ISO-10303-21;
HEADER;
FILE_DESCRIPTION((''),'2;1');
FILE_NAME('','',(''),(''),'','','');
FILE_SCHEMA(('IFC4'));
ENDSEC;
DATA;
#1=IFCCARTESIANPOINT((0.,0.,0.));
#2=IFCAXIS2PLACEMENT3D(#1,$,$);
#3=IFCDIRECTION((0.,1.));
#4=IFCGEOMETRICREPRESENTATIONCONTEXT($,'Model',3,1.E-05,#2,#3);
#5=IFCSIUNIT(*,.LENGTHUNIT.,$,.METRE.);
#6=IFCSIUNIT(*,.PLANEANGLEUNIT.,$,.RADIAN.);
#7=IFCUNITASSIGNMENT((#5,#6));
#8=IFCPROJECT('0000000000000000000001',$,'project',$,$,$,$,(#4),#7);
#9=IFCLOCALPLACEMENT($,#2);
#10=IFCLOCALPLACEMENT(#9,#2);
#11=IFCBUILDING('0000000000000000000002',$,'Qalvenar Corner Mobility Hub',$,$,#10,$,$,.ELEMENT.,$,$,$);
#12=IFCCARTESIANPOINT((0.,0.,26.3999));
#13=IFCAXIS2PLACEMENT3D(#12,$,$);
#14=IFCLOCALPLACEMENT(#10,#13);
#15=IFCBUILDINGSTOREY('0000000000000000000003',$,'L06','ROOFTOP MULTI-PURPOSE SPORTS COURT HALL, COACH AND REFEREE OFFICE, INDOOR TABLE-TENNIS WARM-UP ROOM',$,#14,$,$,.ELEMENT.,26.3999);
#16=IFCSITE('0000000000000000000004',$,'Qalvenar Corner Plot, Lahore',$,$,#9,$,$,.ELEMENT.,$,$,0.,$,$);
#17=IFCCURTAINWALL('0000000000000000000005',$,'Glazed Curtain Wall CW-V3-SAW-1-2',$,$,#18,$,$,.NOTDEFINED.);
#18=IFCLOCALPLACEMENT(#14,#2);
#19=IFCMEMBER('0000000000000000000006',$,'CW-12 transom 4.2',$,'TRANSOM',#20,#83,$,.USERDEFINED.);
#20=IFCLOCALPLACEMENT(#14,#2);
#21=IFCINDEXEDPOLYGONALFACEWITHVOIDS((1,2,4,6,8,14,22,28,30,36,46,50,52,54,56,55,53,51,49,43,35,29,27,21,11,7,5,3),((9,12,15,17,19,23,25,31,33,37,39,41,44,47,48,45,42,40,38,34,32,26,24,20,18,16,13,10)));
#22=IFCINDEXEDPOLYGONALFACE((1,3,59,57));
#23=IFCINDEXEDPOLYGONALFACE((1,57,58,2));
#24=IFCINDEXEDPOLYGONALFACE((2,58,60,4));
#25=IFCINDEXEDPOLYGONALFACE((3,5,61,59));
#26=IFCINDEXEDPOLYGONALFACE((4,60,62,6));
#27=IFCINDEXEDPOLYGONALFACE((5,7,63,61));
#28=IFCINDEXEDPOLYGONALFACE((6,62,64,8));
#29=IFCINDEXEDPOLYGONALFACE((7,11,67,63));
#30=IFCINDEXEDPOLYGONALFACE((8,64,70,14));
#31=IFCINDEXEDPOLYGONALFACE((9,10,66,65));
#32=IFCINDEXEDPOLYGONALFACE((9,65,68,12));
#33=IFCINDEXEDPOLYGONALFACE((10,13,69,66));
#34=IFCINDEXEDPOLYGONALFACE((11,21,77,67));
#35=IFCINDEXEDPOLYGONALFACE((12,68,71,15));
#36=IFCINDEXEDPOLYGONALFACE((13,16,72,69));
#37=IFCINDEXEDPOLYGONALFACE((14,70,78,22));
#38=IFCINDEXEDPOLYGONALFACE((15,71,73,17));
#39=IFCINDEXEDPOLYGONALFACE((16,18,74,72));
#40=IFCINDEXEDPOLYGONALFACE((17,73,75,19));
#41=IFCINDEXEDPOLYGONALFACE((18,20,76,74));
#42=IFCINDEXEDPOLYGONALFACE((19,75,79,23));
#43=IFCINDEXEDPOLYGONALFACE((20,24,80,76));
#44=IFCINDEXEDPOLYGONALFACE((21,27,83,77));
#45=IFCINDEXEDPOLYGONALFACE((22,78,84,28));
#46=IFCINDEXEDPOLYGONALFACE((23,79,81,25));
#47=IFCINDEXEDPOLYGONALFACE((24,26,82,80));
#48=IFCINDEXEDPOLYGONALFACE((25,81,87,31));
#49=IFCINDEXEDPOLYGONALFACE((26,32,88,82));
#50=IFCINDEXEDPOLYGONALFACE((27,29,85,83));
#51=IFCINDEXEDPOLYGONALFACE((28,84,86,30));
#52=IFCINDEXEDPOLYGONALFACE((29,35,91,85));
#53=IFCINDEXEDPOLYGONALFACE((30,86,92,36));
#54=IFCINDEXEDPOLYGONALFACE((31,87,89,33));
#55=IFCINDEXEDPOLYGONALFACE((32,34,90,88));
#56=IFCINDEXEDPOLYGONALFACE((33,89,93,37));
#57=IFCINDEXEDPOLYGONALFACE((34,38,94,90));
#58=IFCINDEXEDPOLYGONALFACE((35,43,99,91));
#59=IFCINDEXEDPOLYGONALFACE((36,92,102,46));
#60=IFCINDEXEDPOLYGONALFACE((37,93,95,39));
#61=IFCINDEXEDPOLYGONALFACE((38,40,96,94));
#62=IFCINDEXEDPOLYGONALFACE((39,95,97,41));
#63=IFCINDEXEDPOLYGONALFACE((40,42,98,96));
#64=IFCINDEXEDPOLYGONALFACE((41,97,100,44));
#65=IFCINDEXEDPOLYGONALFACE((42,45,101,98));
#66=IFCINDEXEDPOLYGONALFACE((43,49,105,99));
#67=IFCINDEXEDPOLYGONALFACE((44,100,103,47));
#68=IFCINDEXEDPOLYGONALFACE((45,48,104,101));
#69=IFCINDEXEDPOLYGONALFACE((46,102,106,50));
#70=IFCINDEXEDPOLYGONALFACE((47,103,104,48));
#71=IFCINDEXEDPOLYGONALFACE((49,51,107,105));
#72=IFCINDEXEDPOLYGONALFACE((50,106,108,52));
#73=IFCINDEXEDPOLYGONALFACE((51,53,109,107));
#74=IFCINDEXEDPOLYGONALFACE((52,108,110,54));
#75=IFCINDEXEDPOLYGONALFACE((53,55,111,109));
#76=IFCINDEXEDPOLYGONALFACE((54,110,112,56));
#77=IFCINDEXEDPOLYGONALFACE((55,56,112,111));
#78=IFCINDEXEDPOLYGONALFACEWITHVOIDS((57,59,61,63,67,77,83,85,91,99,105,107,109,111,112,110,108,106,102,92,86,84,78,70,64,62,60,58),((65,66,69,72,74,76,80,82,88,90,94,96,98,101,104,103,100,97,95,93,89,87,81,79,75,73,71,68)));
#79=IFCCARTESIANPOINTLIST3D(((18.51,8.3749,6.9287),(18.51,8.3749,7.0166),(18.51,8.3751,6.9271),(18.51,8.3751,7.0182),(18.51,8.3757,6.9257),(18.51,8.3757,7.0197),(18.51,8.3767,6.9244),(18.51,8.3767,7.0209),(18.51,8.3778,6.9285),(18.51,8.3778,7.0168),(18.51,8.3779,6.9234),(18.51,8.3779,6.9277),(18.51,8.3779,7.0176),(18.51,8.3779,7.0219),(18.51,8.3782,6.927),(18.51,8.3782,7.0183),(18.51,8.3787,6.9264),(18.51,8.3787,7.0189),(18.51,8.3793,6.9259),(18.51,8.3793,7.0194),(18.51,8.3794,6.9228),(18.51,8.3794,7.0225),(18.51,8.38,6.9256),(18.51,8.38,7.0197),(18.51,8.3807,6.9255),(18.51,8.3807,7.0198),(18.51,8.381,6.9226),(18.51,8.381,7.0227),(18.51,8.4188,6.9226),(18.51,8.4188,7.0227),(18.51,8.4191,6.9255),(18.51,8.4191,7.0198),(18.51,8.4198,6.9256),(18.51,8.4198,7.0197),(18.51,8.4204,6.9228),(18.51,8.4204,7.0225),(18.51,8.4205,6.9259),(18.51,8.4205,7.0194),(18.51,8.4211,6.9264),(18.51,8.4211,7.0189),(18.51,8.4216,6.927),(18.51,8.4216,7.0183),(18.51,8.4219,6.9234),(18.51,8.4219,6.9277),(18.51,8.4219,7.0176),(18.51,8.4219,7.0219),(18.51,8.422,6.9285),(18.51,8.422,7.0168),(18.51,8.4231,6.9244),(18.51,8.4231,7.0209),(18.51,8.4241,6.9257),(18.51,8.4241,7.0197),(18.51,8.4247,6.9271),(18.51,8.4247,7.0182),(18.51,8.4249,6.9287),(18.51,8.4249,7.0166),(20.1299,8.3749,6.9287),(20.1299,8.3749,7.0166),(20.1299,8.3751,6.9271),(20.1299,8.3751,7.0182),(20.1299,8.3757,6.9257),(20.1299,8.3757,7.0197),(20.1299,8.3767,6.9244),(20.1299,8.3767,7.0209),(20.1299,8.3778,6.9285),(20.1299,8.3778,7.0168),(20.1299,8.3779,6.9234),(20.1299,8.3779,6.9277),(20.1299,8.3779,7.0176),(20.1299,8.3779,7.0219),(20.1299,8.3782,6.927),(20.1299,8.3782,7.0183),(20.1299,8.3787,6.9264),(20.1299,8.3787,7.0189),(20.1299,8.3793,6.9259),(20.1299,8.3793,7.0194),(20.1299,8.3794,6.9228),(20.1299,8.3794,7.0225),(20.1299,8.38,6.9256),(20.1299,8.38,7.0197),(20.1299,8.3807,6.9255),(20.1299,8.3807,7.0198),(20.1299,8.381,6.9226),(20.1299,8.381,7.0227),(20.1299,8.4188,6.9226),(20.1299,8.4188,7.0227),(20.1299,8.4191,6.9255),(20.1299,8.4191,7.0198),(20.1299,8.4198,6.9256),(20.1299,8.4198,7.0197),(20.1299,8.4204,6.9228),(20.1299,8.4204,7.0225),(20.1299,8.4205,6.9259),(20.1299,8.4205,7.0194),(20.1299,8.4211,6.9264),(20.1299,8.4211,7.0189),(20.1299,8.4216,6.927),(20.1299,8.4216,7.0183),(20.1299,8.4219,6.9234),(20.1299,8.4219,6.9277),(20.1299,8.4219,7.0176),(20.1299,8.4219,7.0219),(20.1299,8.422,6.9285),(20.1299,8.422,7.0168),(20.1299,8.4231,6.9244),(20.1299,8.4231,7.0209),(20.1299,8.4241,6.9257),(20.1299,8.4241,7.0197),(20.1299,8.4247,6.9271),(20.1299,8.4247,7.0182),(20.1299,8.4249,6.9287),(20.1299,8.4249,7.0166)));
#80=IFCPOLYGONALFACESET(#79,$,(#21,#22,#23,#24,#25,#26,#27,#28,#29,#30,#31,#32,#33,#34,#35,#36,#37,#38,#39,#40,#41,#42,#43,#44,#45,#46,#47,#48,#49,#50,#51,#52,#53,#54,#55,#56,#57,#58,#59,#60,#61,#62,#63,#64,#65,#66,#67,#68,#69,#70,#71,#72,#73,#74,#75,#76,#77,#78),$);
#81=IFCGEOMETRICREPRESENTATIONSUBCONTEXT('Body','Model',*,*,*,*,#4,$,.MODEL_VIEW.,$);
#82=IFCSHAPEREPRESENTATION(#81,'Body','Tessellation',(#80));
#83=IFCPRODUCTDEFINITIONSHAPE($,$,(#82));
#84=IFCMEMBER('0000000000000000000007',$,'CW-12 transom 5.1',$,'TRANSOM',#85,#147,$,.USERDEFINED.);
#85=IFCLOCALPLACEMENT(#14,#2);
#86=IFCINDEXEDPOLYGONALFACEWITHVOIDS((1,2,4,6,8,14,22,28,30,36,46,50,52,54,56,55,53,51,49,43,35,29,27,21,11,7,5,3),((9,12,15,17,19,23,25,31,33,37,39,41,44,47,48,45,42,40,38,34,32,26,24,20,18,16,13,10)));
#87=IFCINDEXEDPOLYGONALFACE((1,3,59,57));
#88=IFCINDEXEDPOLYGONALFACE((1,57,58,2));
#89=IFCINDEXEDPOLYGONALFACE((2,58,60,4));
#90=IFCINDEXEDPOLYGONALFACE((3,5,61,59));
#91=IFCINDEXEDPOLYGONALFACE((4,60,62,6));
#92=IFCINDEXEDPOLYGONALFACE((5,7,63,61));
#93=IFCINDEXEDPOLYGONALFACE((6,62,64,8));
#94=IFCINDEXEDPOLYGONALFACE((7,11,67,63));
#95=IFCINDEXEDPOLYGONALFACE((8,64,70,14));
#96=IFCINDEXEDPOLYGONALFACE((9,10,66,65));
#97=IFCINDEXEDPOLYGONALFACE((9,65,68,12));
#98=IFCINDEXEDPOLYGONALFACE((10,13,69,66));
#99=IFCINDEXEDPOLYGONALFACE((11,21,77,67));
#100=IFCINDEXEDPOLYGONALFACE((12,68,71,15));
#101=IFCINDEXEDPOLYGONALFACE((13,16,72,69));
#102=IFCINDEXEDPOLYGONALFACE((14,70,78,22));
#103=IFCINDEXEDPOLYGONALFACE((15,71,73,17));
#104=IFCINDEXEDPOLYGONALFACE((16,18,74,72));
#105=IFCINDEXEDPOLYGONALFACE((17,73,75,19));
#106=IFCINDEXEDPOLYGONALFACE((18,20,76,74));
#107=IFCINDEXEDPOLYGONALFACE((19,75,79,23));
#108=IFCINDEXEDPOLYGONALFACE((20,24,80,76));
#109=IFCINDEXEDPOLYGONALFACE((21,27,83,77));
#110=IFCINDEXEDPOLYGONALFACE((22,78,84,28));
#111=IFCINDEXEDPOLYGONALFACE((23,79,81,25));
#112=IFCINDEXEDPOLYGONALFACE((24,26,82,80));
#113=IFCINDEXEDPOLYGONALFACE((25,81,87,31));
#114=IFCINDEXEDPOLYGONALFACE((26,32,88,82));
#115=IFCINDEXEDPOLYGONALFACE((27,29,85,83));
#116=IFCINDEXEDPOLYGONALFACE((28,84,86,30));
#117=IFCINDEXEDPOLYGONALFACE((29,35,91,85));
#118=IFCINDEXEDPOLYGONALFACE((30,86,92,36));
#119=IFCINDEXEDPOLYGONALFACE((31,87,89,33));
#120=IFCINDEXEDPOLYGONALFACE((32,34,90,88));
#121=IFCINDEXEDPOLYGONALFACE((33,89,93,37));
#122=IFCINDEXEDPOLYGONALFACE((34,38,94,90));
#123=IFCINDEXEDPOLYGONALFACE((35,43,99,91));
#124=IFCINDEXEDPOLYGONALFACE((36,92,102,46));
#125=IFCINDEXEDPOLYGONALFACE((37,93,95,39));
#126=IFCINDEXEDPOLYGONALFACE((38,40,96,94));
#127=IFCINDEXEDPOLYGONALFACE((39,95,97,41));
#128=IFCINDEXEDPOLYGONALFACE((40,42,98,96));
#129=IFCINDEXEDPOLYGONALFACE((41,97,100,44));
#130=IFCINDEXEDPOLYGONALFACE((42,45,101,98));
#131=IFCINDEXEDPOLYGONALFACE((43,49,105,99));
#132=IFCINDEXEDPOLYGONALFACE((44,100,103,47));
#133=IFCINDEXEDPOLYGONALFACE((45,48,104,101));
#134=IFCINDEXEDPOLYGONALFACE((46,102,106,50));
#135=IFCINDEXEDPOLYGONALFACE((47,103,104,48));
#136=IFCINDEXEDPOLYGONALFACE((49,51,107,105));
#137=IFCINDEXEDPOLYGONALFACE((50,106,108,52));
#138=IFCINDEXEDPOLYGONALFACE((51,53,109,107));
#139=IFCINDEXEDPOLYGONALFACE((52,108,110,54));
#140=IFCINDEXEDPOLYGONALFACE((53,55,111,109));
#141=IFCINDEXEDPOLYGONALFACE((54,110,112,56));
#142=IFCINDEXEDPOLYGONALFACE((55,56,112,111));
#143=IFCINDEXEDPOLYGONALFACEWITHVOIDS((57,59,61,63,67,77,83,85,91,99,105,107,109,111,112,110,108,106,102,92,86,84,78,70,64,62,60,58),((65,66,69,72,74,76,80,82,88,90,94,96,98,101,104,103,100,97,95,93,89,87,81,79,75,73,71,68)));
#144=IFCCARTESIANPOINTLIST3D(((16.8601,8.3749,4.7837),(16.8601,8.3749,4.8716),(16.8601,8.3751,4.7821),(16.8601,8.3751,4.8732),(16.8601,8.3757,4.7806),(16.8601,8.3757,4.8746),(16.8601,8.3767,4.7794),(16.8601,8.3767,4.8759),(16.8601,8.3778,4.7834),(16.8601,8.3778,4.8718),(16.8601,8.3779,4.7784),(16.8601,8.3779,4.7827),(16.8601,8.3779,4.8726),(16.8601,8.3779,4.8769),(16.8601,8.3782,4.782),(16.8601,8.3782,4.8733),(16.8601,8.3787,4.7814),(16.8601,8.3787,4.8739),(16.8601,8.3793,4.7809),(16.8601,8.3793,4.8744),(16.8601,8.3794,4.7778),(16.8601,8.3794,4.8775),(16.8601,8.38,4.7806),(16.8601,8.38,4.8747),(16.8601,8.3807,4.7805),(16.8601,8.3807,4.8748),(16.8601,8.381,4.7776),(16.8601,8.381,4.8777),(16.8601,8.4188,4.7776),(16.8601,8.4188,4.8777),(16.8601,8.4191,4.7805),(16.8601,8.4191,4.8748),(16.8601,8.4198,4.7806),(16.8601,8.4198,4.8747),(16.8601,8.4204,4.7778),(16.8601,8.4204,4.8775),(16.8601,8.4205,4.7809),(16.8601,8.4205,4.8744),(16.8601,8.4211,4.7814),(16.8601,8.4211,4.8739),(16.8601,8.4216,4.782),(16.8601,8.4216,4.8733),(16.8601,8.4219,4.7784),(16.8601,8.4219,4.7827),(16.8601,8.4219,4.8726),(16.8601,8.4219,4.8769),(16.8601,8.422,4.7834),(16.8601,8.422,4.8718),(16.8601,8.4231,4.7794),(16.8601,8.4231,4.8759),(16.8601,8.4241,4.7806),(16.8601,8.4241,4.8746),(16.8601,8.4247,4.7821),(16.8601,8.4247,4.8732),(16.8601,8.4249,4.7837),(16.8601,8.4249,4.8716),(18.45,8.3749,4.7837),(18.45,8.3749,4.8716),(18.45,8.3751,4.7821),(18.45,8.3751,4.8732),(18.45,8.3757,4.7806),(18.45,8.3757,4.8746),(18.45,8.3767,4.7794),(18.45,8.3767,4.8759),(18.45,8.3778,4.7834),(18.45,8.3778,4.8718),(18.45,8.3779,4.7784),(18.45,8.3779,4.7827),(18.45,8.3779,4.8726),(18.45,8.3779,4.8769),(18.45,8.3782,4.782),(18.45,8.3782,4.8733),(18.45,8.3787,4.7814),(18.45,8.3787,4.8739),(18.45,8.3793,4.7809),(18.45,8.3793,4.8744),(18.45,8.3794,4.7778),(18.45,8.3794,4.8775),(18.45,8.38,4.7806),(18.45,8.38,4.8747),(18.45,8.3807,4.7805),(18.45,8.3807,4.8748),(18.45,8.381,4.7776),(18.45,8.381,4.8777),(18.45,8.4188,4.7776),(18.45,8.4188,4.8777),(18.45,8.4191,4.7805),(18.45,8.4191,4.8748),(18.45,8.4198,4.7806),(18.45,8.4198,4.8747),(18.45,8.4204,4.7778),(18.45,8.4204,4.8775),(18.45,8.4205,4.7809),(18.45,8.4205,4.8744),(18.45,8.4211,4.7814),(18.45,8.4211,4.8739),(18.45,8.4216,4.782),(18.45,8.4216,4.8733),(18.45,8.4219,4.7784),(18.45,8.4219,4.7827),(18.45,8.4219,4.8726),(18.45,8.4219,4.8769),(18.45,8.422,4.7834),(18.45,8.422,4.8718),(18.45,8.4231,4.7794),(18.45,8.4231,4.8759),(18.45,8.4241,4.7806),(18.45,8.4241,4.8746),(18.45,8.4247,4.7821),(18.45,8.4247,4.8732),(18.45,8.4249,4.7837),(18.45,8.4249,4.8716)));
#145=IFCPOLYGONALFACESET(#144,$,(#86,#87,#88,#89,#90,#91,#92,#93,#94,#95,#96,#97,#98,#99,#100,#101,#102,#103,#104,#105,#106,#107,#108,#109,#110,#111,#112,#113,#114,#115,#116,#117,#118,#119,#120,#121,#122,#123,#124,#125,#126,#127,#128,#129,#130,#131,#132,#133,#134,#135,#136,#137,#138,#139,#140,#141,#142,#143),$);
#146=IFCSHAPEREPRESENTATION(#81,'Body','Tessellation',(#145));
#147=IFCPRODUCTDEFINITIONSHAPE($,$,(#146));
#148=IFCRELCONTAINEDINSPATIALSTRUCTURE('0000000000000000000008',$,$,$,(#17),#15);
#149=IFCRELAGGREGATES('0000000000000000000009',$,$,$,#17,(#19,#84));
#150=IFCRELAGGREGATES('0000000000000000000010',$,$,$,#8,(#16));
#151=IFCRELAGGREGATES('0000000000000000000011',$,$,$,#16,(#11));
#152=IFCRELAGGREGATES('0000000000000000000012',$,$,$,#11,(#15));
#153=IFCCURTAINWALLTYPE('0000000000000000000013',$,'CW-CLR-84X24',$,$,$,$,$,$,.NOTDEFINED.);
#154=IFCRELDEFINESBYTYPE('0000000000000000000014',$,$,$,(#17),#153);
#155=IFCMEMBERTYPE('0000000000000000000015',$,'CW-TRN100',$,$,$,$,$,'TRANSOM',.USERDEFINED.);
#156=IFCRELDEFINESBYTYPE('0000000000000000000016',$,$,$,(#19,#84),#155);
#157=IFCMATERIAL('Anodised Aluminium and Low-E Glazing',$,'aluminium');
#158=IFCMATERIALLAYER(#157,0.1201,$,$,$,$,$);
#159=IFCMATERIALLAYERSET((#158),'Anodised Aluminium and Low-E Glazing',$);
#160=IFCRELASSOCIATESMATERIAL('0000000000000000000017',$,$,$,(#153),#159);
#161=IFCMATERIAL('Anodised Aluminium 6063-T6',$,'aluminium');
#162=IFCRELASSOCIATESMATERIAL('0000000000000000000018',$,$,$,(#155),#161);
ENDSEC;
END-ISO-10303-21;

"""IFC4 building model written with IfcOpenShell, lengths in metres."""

from ifc_helpers import new_model, si_unit, direction, frame, origin, origin_2d, place, context, subcontext, project, spatial, hollow_rectangle, extrude, material, layer, layer_set, material_profile, profile_set, type_object, element, aggregate, save


model = new_model("IFC4")

# Units and contexts
model_context = context("Model", 3, precision=1e-05, world=origin(), true_north=direction((0.0, 1.0)))
body_context = subcontext(model_context, "Body", "Model", "MODEL_VIEW")
ifc_project = project(units=[si_unit("LENGTHUNIT", "METRE"), si_unit("PLANEANGLEUNIT", "RADIAN")], contexts=[model_context])

# Site, building, storey
site_placement = place(None, origin())
site = spatial("IfcSite", under=ifc_project, at=site_placement, Name="Qalvenar Corner Plot, Lahore", CompositionType="ELEMENT", RefElevation=0.0)
building_placement = place(site_placement, origin())
building = spatial("IfcBuilding", under=site, at=building_placement, Name="Qalvenar Corner Mobility Hub", CompositionType="ELEMENT")
storey_placement = place(building_placement, frame((0.0, 0.0, 26.3999)))
storey = spatial("IfcBuildingStorey", under=building, at=storey_placement, Name="L06", Description="ROOFTOP MULTI-PURPOSE SPORTS COURT HALL, COACH AND REFEREE OFFICE, INDOOR TABLE-TENNIS WARM-UP ROOM", CompositionType="ELEMENT", Elevation=26.3999)

# Curtain wall
ifc_material_1 = material(Name="Anodised Aluminium and Low-E Glazing", Category="aluminium")
ifc_layer_1 = layer(ifc_material_1, 0.1201)
ifc_layer_set_1 = layer_set([ifc_layer_1], Name="Anodised Aluminium and Low-E Glazing")
curtain_wall_type = type_object("IfcCurtainWallType", Name="CW-CLR-84X24", PredefinedType="NOTDEFINED", material=ifc_layer_set_1)
curtain_wall_1_placement = place(storey_placement, origin())
curtain_wall_1 = element("IfcCurtainWall", 1, at=curtain_wall_1_placement, inside=storey, type_object=curtain_wall_type, Name="Glazed Curtain Wall CW-V3-SAW-1-2", PredefinedType="NOTDEFINED")
ifc_material_2 = material(Name="Anodised Aluminium 6063-T6", Category="aluminium")

# Members
ifc_material_profile_1 = material_profile(ifc_material_2, hollow_rectangle(XDim=0.05, YDim=0.1001, WallThickness=0.0029, InnerFilletRadius=0.0029, OuterFilletRadius=0.0061, at=origin_2d()), Name="RHS100x50x3")
ifc_profile_set_1 = profile_set([ifc_material_profile_1], Name="Anodised Aluminium 6063-T6")
member_type_1 = type_object("IfcMemberType", Name="CW-TRN100", ElementType="TRANSOM", PredefinedType="USERDEFINED", material=ifc_profile_set_1)
member_1_placement = place(storey_placement, frame((20.1299, 8.3999, 6.9727), z_axis=(-1.0, 0.0, 0.0), x_axis=(0.0, -1.0, 0.0)))
member_1 = element("IfcMember", 2, at=member_1_placement, type_object=member_type_1, Name="CW-12 transom 4.2", ObjectType="TRANSOM", PredefinedType="USERDEFINED", context=body_context, shape_type="SweptSolid", body=[
    extrude(hollow_rectangle(XDim=0.05, YDim=0.1001, WallThickness=0.0029, InnerFilletRadius=0.0029, OuterFilletRadius=0.0061, at=origin_2d()), origin(), (0.0, 0.0, 1.0), 1.6199),
])
member_2_placement = place(storey_placement, frame((18.45, 8.3999, 4.8276), z_axis=(-1.0, 0.0, 0.0), x_axis=(0.0, -1.0, 0.0)))
member_2 = element("IfcMember", 3, at=member_2_placement, type_object=member_type_1, Name="CW-12 transom 5.1", ObjectType="TRANSOM", PredefinedType="USERDEFINED", context=body_context, shape_type="SweptSolid", body=[
    extrude(hollow_rectangle(XDim=0.05, YDim=0.1001, WallThickness=0.0029, InnerFilletRadius=0.0029, OuterFilletRadius=0.0061, at=origin_2d()), origin(), (0.0, 0.0, 1.0), 1.5898),
])

aggregate(curtain_wall_1, [member_1, member_2])

save(model, "model.ifc")
